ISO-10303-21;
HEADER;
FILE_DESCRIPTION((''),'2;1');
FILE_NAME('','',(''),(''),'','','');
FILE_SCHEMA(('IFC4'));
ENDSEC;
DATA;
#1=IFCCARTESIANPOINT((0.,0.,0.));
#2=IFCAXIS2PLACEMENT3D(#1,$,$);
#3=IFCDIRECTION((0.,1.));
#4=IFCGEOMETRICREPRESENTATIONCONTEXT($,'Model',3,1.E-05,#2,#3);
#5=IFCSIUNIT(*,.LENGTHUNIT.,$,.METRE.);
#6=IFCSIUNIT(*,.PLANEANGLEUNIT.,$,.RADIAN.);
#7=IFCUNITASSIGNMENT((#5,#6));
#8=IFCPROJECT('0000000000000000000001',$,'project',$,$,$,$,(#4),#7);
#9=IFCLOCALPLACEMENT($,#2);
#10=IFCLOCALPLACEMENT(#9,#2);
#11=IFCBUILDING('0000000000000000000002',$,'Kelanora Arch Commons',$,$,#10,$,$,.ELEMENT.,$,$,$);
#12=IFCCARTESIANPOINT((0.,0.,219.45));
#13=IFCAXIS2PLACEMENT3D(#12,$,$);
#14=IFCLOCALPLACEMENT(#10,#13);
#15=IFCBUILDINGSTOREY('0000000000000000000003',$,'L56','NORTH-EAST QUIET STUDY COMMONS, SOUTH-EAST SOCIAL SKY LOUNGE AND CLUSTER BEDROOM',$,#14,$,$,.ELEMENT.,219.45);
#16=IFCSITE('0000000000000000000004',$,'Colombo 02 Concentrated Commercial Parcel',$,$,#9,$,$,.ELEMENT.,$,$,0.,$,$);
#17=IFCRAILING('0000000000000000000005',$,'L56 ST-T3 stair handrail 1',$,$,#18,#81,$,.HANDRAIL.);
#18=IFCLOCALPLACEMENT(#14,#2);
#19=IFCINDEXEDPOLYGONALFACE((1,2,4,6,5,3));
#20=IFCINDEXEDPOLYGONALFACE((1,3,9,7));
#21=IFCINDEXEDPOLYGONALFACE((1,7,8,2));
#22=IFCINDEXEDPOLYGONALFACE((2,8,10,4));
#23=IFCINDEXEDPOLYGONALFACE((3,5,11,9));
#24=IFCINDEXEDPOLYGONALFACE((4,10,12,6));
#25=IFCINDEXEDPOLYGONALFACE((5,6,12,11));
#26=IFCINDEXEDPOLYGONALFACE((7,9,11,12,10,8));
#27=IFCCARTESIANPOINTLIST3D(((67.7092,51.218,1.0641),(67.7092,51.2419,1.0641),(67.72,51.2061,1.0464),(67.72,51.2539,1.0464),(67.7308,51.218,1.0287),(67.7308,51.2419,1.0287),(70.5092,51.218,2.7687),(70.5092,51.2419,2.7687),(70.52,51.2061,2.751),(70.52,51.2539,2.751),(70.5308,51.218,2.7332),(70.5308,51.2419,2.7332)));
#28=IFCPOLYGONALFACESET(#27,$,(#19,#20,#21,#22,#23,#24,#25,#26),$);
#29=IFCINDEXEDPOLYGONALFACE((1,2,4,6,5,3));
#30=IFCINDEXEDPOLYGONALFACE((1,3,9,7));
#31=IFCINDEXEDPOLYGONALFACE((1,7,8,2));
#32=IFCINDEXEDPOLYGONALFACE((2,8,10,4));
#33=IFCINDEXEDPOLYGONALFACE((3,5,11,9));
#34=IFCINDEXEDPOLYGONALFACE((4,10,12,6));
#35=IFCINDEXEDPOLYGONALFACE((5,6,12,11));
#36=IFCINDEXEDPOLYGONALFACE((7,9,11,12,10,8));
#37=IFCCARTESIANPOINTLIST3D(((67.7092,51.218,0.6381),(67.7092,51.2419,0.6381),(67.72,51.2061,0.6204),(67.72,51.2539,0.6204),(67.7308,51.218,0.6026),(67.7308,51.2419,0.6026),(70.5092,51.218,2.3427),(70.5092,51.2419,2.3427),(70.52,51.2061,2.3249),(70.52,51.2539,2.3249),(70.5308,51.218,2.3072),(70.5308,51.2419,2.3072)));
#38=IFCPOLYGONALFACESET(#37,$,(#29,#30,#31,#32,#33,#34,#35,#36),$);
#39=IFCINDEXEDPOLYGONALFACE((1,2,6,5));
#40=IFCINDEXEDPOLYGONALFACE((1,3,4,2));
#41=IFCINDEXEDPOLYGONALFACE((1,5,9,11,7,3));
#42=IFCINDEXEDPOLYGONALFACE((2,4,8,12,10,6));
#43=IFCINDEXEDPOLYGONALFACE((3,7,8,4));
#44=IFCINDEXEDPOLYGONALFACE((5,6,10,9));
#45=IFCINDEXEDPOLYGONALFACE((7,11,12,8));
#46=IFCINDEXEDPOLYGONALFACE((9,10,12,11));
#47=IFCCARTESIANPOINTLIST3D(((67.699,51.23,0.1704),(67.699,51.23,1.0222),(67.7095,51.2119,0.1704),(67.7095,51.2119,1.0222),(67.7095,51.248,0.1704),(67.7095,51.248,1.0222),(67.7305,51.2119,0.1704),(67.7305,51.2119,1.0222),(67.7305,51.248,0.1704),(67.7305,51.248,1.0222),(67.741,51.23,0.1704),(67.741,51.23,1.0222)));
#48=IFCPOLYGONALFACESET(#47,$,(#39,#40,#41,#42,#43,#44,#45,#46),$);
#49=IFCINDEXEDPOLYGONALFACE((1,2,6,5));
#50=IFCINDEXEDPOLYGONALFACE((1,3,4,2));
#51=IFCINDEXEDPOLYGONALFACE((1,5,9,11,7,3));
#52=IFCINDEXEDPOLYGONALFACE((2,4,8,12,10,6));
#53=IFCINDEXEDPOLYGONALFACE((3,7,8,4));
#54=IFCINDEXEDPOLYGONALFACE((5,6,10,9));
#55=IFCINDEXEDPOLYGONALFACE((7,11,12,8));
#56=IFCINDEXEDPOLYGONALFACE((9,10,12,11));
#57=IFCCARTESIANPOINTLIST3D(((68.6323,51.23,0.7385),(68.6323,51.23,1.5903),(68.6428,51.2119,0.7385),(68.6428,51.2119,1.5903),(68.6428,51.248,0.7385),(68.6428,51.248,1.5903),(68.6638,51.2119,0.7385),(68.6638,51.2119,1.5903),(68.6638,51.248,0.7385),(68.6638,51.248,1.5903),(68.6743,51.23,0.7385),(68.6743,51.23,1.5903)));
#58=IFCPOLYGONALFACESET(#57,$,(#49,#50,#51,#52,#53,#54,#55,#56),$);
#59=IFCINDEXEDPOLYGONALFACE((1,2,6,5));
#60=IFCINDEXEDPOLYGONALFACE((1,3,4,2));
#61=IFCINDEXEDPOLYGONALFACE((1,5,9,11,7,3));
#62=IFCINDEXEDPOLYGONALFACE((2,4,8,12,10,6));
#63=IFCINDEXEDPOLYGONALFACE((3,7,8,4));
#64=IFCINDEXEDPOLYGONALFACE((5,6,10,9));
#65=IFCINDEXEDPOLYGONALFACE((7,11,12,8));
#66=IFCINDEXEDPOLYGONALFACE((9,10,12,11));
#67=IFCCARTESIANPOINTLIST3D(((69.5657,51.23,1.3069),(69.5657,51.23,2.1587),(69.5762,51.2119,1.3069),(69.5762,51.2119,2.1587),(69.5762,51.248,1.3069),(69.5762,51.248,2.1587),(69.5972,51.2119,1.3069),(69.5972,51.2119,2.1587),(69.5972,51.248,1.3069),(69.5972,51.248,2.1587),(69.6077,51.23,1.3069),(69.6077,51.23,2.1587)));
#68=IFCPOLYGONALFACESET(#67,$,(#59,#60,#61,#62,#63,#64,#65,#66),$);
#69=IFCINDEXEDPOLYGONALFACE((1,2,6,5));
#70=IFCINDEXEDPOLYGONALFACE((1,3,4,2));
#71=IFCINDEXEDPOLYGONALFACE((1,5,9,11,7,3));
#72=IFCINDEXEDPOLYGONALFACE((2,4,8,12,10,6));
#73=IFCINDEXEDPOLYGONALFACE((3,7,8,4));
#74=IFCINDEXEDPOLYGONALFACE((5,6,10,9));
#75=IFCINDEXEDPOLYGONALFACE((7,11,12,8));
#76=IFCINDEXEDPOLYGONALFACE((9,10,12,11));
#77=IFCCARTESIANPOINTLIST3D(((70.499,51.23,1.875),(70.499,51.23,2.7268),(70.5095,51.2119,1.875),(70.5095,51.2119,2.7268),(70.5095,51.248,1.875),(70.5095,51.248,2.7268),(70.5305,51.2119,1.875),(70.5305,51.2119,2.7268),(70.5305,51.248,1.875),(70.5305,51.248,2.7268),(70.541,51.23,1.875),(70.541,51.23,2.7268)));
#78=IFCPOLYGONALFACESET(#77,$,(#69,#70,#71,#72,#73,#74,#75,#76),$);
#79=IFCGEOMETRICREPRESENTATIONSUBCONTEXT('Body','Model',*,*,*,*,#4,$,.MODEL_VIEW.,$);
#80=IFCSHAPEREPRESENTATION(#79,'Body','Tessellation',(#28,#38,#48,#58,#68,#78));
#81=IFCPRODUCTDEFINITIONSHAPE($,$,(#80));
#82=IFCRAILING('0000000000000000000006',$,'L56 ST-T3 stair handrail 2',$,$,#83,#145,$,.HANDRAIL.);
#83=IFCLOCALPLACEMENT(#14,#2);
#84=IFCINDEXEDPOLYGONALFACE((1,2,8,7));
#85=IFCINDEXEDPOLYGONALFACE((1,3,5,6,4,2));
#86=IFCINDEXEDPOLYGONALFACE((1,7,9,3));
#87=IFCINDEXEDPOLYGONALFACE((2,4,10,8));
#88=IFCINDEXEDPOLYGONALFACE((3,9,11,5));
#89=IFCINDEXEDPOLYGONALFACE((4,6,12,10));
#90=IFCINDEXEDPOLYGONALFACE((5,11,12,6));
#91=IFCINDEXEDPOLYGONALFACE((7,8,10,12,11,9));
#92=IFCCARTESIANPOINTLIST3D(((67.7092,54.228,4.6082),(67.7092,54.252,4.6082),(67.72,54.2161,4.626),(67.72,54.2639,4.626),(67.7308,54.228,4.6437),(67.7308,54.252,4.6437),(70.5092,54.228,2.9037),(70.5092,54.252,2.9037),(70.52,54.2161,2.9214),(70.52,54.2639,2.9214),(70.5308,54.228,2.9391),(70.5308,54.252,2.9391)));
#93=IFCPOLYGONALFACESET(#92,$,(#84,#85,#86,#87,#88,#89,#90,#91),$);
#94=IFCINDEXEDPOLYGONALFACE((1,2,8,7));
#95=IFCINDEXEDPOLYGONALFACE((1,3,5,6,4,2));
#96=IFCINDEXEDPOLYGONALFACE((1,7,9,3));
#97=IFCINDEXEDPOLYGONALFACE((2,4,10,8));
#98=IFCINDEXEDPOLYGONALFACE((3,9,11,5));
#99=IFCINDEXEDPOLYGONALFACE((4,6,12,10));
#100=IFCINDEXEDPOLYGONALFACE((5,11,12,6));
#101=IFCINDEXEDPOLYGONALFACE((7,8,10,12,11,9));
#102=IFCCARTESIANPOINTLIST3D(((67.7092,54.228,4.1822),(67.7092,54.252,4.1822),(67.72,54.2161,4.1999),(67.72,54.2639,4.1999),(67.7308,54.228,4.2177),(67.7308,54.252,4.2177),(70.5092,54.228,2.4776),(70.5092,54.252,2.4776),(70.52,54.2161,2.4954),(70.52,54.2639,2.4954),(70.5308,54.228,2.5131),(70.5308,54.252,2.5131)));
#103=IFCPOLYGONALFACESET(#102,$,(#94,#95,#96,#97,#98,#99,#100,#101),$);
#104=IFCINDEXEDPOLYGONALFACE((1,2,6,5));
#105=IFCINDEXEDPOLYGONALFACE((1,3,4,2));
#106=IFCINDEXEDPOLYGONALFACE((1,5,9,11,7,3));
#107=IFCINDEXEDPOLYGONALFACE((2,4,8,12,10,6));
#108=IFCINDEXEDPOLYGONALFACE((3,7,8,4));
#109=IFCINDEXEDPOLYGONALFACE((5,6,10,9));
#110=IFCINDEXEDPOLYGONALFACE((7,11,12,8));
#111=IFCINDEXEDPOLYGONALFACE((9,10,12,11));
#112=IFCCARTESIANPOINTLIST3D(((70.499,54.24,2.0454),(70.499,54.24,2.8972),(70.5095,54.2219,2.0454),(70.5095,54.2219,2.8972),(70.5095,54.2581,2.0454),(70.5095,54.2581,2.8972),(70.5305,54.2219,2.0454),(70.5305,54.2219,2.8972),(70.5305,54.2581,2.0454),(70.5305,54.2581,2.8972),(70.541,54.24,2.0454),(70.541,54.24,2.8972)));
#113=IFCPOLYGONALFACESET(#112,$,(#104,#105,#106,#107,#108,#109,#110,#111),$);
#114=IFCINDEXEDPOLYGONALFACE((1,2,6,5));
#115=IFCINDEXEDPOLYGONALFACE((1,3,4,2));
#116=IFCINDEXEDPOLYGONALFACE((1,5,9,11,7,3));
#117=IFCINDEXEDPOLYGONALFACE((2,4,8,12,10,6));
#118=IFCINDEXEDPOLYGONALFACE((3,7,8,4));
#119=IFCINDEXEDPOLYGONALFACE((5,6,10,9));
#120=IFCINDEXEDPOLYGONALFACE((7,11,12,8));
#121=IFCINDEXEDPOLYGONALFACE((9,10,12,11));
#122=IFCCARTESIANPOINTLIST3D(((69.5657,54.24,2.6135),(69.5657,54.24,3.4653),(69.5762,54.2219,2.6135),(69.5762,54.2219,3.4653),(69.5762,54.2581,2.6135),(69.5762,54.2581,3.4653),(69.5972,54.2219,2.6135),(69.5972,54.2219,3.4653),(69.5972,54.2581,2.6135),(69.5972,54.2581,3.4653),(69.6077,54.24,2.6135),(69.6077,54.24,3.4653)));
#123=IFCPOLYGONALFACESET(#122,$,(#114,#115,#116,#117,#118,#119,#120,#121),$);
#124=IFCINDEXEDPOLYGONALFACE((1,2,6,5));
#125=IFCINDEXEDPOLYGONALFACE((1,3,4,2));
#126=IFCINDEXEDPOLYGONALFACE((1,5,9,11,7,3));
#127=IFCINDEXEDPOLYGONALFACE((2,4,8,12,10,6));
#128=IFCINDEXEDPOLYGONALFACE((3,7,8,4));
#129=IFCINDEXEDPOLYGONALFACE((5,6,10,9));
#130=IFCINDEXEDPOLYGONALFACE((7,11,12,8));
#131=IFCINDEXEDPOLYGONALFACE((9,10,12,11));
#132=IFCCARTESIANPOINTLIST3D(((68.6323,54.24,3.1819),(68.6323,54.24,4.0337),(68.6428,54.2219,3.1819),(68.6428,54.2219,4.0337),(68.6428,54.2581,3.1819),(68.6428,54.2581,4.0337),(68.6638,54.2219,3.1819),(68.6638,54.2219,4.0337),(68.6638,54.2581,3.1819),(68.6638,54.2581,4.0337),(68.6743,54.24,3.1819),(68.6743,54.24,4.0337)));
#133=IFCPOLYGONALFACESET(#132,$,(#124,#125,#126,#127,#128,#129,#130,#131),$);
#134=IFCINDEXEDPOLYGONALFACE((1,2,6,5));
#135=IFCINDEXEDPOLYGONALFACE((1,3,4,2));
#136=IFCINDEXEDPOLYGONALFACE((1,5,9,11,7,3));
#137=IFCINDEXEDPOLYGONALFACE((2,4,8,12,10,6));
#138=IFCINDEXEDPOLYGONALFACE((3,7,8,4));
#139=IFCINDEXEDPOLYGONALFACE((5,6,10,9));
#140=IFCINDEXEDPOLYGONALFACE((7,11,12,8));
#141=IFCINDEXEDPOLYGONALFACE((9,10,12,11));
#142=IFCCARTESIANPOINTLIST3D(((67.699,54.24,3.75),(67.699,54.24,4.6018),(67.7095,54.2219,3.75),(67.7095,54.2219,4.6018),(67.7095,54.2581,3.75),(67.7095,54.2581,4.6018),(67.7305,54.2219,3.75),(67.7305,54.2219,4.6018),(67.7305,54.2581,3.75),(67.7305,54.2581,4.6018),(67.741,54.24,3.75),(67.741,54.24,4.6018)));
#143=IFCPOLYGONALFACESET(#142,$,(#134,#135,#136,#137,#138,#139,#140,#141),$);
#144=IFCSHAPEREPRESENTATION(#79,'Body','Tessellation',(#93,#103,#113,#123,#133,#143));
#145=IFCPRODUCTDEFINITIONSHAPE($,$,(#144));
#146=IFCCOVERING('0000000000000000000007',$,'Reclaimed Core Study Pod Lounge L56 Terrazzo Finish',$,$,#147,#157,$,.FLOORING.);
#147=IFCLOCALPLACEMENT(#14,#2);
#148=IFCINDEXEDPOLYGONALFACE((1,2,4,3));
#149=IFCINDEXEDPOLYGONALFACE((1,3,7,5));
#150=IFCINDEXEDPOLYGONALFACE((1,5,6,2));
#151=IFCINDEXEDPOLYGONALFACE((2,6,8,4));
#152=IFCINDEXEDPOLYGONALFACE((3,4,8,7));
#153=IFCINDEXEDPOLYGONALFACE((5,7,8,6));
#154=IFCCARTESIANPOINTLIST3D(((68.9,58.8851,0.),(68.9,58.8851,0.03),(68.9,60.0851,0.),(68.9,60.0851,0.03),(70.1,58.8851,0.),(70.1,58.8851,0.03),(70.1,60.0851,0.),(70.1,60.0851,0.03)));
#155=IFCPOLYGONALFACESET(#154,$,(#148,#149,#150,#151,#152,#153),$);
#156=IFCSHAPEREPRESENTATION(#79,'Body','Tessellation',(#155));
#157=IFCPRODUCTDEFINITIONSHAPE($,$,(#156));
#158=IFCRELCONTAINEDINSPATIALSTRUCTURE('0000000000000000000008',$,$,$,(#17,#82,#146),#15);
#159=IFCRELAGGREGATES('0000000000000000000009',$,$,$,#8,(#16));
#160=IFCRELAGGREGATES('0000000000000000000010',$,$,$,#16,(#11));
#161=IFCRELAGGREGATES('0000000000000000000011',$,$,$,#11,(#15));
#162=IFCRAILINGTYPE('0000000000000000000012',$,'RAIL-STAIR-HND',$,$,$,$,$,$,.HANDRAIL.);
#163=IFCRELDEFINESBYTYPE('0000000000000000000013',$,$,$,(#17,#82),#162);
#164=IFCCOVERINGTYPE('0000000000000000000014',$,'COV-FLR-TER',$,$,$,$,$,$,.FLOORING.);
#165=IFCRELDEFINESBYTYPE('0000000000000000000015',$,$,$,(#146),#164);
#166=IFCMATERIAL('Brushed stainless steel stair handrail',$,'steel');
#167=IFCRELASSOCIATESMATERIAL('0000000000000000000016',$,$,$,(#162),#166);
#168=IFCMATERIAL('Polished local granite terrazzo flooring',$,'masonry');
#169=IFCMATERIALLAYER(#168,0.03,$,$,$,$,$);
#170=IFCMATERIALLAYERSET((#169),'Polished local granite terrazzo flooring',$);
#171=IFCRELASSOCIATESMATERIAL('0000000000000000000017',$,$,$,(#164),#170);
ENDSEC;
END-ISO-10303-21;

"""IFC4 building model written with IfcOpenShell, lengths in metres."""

from ifc_helpers import new_model, si_unit, direction, frame, origin, origin_2d, place, context, subcontext, project, spatial, polyline, rectangle, outline, extrude, source, transform, mapped, material, layer, layer_set, type_object, element, save


model = new_model("IFC4")

# Units and contexts
model_context = context("Model", 3, precision=1e-05, world=origin(), true_north=direction((0.0, 1.0)))
body_context = subcontext(model_context, "Body", "Model", "MODEL_VIEW")
ifc_project = project(units=[si_unit("LENGTHUNIT", "METRE"), si_unit("PLANEANGLEUNIT", "RADIAN")], contexts=[model_context])

# Site, building, storey
site_placement = place(None, origin())
site = spatial("IfcSite", under=ifc_project, at=site_placement, Name="Colombo 02 Concentrated Commercial Parcel", CompositionType="ELEMENT", RefElevation=0.0)
building_placement = place(site_placement, origin())
building = spatial("IfcBuilding", under=site, at=building_placement, Name="Kelanora Arch Commons", CompositionType="ELEMENT")
storey_placement = place(building_placement, frame((0.0, 0.0, 219.45)))
storey = spatial("IfcBuildingStorey", under=building, at=storey_placement, Name="L56", Description="NORTH-EAST QUIET STUDY COMMONS, SOUTH-EAST SOCIAL SKY LOUNGE AND CLUSTER BEDROOM", CompositionType="ELEMENT", Elevation=219.45)

# Railings
ifc_material_1 = material(Name="Brushed stainless steel stair handrail", Category="steel")
railing_type_1 = type_object("IfcRailingType", Name="RAIL-STAIR-HND", PredefinedType="HANDRAIL", material=ifc_material_1)
railing_1_placement = place(storey_placement, frame((67.72, 51.23, 0.1704)))
element("IfcRailing", 1, at=railing_1_placement, inside=storey, type_object=railing_type_1, Name="L56 ST-T3 stair handrail 1", PredefinedType="HANDRAIL", context=body_context, shape_type="SweptSolid", body=[
    extrude(outline(polyline([(0.0239, 0.0), (0.012, 0.0208), (-0.012, 0.0208), (-0.0239, 0.0), (-0.012, -0.0208), (0.012, -0.0208), (0.0239, 0.0)])), frame((0.0, 0.0, 0.876), z_axis=(0.85417, 0.0, 0.519994), x_axis=(0.0, 1.0, 0.0)), (0.0, 0.0, 1.0), 3.2781),
    extrude(outline(polyline([(0.0239, 0.0), (0.012, 0.0208), (-0.012, 0.0208), (-0.0239, 0.0), (-0.012, -0.0208), (0.012, -0.0208), (0.0239, 0.0)])), frame((0.0, 0.0, 0.45), z_axis=(0.85417, 0.0, 0.519994), x_axis=(0.0, 1.0, 0.0)), (0.0, 0.0, 1.0), 3.2781),
    extrude(outline(polyline([(0.021, 0.0), (0.0105, 0.0181), (-0.0105, 0.0181), (-0.021, 0.0), (-0.0105, -0.0181), (0.0105, -0.0181), (0.021, 0.0)])), origin(), (0.0, 0.0, 1.0), 0.8518),
    extrude(outline(polyline([(0.021, 0.0), (0.0105, 0.0181), (-0.0105, 0.0181), (-0.021, 0.0), (-0.0105, -0.0181), (0.0105, -0.0181), (0.021, 0.0)])), frame((0.9333, 0.0, 0.5681)), (0.0, 0.0, 1.0), 0.8518),
    extrude(outline(polyline([(0.021, 0.0), (0.0105, 0.0181), (-0.0105, 0.0181), (-0.021, 0.0), (-0.0105, -0.0181), (0.0105, -0.0181), (0.021, 0.0)])), frame((1.8667, 0.0, 1.1365)), (0.0, 0.0, 1.0), 0.8518),
    extrude(outline(polyline([(0.021, 0.0), (0.0105, 0.0181), (-0.0105, 0.0181), (-0.021, 0.0), (-0.0105, -0.0181), (0.0105, -0.0181), (0.021, 0.0)])), frame((2.8, 0.0, 1.7046)), (0.0, 0.0, 1.0), 0.8518),
])
railing_2_placement = place(storey_placement, frame((70.52, 54.24, 2.0454)))
element("IfcRailing", 2, at=railing_2_placement, inside=storey, type_object=railing_type_1, Name="L56 ST-T3 stair handrail 2", PredefinedType="HANDRAIL", context=body_context, shape_type="SweptSolid", body=[
    extrude(outline(polyline([(0.0239, 0.0), (0.012, 0.0208), (-0.012, 0.0208), (-0.0239, 0.0), (-0.012, -0.0208), (0.012, -0.0208), (0.0239, 0.0)])), frame((0.0, 0.0, 0.876), z_axis=(-0.85417, 0.0, 0.519994), x_axis=(0.0, -1.0, 0.0)), (0.0, 0.0, 1.0), 3.2781),
    extrude(outline(polyline([(0.0239, 0.0), (0.012, 0.0208), (-0.012, 0.0208), (-0.0239, 0.0), (-0.012, -0.0208), (0.012, -0.0208), (0.0239, 0.0)])), frame((0.0, 0.0, 0.45), z_axis=(-0.85417, 0.0, 0.519994), x_axis=(0.0, -1.0, 0.0)), (0.0, 0.0, 1.0), 3.2781),
    extrude(outline(polyline([(0.021, 0.0), (0.0105, 0.0181), (-0.0105, 0.0181), (-0.021, 0.0), (-0.0105, -0.0181), (0.0105, -0.0181), (0.021, 0.0)])), origin(), (0.0, 0.0, 1.0), 0.8518),
    extrude(outline(polyline([(0.021, 0.0), (0.0105, 0.0181), (-0.0105, 0.0181), (-0.021, 0.0), (-0.0105, -0.0181), (0.0105, -0.0181), (0.021, 0.0)])), frame((-0.9333, 0.0, 0.5681)), (0.0, 0.0, 1.0), 0.8518),
    extrude(outline(polyline([(0.021, 0.0), (0.0105, 0.0181), (-0.0105, 0.0181), (-0.021, 0.0), (-0.0105, -0.0181), (0.0105, -0.0181), (0.021, 0.0)])), frame((-1.8667, 0.0, 1.1365)), (0.0, 0.0, 1.0), 0.8518),
    extrude(outline(polyline([(0.021, 0.0), (0.0105, 0.0181), (-0.0105, 0.0181), (-0.021, 0.0), (-0.0105, -0.0181), (0.0105, -0.0181), (0.021, 0.0)])), frame((-2.8, 0.0, 1.7046)), (0.0, 0.0, 1.0), 0.8518),
])

# Covering
ifc_material_2 = material(Name="Polished local granite terrazzo flooring", Category="masonry")
ifc_layer_1 = layer(ifc_material_2, 0.03)
ifc_layer_set_1 = layer_set([ifc_layer_1], Name="Polished local granite terrazzo flooring")
covering_type = type_object("IfcCoveringType", Name="COV-FLR-TER", PredefinedType="FLOORING", material=ifc_layer_set_1)
shared_shape = source(origin(), body_context, "Body", "SweptSolid", [
    extrude(rectangle(XDim=1.2, YDim=1.2, at=origin_2d()), origin(), (0.0, 0.0, 1.0), 0.03),
])
covering_placement = place(storey_placement, frame((69.5, 59.4851, 0.0), z_axis=(0.0, 0.0, 1.0), x_axis=(1.0, 0.0, 0.0)))
element("IfcCovering", 3, at=covering_placement, inside=storey, type_object=covering_type, Name="Reclaimed Core Study Pod Lounge L56 Terrazzo Finish", PredefinedType="FLOORING", context=body_context, shape_type="MappedRepresentation", body=[
    mapped(shared_shape, transform((0.0, 0.0, 0.0), scale=1.0)),
])

save(model, "model.ifc")
